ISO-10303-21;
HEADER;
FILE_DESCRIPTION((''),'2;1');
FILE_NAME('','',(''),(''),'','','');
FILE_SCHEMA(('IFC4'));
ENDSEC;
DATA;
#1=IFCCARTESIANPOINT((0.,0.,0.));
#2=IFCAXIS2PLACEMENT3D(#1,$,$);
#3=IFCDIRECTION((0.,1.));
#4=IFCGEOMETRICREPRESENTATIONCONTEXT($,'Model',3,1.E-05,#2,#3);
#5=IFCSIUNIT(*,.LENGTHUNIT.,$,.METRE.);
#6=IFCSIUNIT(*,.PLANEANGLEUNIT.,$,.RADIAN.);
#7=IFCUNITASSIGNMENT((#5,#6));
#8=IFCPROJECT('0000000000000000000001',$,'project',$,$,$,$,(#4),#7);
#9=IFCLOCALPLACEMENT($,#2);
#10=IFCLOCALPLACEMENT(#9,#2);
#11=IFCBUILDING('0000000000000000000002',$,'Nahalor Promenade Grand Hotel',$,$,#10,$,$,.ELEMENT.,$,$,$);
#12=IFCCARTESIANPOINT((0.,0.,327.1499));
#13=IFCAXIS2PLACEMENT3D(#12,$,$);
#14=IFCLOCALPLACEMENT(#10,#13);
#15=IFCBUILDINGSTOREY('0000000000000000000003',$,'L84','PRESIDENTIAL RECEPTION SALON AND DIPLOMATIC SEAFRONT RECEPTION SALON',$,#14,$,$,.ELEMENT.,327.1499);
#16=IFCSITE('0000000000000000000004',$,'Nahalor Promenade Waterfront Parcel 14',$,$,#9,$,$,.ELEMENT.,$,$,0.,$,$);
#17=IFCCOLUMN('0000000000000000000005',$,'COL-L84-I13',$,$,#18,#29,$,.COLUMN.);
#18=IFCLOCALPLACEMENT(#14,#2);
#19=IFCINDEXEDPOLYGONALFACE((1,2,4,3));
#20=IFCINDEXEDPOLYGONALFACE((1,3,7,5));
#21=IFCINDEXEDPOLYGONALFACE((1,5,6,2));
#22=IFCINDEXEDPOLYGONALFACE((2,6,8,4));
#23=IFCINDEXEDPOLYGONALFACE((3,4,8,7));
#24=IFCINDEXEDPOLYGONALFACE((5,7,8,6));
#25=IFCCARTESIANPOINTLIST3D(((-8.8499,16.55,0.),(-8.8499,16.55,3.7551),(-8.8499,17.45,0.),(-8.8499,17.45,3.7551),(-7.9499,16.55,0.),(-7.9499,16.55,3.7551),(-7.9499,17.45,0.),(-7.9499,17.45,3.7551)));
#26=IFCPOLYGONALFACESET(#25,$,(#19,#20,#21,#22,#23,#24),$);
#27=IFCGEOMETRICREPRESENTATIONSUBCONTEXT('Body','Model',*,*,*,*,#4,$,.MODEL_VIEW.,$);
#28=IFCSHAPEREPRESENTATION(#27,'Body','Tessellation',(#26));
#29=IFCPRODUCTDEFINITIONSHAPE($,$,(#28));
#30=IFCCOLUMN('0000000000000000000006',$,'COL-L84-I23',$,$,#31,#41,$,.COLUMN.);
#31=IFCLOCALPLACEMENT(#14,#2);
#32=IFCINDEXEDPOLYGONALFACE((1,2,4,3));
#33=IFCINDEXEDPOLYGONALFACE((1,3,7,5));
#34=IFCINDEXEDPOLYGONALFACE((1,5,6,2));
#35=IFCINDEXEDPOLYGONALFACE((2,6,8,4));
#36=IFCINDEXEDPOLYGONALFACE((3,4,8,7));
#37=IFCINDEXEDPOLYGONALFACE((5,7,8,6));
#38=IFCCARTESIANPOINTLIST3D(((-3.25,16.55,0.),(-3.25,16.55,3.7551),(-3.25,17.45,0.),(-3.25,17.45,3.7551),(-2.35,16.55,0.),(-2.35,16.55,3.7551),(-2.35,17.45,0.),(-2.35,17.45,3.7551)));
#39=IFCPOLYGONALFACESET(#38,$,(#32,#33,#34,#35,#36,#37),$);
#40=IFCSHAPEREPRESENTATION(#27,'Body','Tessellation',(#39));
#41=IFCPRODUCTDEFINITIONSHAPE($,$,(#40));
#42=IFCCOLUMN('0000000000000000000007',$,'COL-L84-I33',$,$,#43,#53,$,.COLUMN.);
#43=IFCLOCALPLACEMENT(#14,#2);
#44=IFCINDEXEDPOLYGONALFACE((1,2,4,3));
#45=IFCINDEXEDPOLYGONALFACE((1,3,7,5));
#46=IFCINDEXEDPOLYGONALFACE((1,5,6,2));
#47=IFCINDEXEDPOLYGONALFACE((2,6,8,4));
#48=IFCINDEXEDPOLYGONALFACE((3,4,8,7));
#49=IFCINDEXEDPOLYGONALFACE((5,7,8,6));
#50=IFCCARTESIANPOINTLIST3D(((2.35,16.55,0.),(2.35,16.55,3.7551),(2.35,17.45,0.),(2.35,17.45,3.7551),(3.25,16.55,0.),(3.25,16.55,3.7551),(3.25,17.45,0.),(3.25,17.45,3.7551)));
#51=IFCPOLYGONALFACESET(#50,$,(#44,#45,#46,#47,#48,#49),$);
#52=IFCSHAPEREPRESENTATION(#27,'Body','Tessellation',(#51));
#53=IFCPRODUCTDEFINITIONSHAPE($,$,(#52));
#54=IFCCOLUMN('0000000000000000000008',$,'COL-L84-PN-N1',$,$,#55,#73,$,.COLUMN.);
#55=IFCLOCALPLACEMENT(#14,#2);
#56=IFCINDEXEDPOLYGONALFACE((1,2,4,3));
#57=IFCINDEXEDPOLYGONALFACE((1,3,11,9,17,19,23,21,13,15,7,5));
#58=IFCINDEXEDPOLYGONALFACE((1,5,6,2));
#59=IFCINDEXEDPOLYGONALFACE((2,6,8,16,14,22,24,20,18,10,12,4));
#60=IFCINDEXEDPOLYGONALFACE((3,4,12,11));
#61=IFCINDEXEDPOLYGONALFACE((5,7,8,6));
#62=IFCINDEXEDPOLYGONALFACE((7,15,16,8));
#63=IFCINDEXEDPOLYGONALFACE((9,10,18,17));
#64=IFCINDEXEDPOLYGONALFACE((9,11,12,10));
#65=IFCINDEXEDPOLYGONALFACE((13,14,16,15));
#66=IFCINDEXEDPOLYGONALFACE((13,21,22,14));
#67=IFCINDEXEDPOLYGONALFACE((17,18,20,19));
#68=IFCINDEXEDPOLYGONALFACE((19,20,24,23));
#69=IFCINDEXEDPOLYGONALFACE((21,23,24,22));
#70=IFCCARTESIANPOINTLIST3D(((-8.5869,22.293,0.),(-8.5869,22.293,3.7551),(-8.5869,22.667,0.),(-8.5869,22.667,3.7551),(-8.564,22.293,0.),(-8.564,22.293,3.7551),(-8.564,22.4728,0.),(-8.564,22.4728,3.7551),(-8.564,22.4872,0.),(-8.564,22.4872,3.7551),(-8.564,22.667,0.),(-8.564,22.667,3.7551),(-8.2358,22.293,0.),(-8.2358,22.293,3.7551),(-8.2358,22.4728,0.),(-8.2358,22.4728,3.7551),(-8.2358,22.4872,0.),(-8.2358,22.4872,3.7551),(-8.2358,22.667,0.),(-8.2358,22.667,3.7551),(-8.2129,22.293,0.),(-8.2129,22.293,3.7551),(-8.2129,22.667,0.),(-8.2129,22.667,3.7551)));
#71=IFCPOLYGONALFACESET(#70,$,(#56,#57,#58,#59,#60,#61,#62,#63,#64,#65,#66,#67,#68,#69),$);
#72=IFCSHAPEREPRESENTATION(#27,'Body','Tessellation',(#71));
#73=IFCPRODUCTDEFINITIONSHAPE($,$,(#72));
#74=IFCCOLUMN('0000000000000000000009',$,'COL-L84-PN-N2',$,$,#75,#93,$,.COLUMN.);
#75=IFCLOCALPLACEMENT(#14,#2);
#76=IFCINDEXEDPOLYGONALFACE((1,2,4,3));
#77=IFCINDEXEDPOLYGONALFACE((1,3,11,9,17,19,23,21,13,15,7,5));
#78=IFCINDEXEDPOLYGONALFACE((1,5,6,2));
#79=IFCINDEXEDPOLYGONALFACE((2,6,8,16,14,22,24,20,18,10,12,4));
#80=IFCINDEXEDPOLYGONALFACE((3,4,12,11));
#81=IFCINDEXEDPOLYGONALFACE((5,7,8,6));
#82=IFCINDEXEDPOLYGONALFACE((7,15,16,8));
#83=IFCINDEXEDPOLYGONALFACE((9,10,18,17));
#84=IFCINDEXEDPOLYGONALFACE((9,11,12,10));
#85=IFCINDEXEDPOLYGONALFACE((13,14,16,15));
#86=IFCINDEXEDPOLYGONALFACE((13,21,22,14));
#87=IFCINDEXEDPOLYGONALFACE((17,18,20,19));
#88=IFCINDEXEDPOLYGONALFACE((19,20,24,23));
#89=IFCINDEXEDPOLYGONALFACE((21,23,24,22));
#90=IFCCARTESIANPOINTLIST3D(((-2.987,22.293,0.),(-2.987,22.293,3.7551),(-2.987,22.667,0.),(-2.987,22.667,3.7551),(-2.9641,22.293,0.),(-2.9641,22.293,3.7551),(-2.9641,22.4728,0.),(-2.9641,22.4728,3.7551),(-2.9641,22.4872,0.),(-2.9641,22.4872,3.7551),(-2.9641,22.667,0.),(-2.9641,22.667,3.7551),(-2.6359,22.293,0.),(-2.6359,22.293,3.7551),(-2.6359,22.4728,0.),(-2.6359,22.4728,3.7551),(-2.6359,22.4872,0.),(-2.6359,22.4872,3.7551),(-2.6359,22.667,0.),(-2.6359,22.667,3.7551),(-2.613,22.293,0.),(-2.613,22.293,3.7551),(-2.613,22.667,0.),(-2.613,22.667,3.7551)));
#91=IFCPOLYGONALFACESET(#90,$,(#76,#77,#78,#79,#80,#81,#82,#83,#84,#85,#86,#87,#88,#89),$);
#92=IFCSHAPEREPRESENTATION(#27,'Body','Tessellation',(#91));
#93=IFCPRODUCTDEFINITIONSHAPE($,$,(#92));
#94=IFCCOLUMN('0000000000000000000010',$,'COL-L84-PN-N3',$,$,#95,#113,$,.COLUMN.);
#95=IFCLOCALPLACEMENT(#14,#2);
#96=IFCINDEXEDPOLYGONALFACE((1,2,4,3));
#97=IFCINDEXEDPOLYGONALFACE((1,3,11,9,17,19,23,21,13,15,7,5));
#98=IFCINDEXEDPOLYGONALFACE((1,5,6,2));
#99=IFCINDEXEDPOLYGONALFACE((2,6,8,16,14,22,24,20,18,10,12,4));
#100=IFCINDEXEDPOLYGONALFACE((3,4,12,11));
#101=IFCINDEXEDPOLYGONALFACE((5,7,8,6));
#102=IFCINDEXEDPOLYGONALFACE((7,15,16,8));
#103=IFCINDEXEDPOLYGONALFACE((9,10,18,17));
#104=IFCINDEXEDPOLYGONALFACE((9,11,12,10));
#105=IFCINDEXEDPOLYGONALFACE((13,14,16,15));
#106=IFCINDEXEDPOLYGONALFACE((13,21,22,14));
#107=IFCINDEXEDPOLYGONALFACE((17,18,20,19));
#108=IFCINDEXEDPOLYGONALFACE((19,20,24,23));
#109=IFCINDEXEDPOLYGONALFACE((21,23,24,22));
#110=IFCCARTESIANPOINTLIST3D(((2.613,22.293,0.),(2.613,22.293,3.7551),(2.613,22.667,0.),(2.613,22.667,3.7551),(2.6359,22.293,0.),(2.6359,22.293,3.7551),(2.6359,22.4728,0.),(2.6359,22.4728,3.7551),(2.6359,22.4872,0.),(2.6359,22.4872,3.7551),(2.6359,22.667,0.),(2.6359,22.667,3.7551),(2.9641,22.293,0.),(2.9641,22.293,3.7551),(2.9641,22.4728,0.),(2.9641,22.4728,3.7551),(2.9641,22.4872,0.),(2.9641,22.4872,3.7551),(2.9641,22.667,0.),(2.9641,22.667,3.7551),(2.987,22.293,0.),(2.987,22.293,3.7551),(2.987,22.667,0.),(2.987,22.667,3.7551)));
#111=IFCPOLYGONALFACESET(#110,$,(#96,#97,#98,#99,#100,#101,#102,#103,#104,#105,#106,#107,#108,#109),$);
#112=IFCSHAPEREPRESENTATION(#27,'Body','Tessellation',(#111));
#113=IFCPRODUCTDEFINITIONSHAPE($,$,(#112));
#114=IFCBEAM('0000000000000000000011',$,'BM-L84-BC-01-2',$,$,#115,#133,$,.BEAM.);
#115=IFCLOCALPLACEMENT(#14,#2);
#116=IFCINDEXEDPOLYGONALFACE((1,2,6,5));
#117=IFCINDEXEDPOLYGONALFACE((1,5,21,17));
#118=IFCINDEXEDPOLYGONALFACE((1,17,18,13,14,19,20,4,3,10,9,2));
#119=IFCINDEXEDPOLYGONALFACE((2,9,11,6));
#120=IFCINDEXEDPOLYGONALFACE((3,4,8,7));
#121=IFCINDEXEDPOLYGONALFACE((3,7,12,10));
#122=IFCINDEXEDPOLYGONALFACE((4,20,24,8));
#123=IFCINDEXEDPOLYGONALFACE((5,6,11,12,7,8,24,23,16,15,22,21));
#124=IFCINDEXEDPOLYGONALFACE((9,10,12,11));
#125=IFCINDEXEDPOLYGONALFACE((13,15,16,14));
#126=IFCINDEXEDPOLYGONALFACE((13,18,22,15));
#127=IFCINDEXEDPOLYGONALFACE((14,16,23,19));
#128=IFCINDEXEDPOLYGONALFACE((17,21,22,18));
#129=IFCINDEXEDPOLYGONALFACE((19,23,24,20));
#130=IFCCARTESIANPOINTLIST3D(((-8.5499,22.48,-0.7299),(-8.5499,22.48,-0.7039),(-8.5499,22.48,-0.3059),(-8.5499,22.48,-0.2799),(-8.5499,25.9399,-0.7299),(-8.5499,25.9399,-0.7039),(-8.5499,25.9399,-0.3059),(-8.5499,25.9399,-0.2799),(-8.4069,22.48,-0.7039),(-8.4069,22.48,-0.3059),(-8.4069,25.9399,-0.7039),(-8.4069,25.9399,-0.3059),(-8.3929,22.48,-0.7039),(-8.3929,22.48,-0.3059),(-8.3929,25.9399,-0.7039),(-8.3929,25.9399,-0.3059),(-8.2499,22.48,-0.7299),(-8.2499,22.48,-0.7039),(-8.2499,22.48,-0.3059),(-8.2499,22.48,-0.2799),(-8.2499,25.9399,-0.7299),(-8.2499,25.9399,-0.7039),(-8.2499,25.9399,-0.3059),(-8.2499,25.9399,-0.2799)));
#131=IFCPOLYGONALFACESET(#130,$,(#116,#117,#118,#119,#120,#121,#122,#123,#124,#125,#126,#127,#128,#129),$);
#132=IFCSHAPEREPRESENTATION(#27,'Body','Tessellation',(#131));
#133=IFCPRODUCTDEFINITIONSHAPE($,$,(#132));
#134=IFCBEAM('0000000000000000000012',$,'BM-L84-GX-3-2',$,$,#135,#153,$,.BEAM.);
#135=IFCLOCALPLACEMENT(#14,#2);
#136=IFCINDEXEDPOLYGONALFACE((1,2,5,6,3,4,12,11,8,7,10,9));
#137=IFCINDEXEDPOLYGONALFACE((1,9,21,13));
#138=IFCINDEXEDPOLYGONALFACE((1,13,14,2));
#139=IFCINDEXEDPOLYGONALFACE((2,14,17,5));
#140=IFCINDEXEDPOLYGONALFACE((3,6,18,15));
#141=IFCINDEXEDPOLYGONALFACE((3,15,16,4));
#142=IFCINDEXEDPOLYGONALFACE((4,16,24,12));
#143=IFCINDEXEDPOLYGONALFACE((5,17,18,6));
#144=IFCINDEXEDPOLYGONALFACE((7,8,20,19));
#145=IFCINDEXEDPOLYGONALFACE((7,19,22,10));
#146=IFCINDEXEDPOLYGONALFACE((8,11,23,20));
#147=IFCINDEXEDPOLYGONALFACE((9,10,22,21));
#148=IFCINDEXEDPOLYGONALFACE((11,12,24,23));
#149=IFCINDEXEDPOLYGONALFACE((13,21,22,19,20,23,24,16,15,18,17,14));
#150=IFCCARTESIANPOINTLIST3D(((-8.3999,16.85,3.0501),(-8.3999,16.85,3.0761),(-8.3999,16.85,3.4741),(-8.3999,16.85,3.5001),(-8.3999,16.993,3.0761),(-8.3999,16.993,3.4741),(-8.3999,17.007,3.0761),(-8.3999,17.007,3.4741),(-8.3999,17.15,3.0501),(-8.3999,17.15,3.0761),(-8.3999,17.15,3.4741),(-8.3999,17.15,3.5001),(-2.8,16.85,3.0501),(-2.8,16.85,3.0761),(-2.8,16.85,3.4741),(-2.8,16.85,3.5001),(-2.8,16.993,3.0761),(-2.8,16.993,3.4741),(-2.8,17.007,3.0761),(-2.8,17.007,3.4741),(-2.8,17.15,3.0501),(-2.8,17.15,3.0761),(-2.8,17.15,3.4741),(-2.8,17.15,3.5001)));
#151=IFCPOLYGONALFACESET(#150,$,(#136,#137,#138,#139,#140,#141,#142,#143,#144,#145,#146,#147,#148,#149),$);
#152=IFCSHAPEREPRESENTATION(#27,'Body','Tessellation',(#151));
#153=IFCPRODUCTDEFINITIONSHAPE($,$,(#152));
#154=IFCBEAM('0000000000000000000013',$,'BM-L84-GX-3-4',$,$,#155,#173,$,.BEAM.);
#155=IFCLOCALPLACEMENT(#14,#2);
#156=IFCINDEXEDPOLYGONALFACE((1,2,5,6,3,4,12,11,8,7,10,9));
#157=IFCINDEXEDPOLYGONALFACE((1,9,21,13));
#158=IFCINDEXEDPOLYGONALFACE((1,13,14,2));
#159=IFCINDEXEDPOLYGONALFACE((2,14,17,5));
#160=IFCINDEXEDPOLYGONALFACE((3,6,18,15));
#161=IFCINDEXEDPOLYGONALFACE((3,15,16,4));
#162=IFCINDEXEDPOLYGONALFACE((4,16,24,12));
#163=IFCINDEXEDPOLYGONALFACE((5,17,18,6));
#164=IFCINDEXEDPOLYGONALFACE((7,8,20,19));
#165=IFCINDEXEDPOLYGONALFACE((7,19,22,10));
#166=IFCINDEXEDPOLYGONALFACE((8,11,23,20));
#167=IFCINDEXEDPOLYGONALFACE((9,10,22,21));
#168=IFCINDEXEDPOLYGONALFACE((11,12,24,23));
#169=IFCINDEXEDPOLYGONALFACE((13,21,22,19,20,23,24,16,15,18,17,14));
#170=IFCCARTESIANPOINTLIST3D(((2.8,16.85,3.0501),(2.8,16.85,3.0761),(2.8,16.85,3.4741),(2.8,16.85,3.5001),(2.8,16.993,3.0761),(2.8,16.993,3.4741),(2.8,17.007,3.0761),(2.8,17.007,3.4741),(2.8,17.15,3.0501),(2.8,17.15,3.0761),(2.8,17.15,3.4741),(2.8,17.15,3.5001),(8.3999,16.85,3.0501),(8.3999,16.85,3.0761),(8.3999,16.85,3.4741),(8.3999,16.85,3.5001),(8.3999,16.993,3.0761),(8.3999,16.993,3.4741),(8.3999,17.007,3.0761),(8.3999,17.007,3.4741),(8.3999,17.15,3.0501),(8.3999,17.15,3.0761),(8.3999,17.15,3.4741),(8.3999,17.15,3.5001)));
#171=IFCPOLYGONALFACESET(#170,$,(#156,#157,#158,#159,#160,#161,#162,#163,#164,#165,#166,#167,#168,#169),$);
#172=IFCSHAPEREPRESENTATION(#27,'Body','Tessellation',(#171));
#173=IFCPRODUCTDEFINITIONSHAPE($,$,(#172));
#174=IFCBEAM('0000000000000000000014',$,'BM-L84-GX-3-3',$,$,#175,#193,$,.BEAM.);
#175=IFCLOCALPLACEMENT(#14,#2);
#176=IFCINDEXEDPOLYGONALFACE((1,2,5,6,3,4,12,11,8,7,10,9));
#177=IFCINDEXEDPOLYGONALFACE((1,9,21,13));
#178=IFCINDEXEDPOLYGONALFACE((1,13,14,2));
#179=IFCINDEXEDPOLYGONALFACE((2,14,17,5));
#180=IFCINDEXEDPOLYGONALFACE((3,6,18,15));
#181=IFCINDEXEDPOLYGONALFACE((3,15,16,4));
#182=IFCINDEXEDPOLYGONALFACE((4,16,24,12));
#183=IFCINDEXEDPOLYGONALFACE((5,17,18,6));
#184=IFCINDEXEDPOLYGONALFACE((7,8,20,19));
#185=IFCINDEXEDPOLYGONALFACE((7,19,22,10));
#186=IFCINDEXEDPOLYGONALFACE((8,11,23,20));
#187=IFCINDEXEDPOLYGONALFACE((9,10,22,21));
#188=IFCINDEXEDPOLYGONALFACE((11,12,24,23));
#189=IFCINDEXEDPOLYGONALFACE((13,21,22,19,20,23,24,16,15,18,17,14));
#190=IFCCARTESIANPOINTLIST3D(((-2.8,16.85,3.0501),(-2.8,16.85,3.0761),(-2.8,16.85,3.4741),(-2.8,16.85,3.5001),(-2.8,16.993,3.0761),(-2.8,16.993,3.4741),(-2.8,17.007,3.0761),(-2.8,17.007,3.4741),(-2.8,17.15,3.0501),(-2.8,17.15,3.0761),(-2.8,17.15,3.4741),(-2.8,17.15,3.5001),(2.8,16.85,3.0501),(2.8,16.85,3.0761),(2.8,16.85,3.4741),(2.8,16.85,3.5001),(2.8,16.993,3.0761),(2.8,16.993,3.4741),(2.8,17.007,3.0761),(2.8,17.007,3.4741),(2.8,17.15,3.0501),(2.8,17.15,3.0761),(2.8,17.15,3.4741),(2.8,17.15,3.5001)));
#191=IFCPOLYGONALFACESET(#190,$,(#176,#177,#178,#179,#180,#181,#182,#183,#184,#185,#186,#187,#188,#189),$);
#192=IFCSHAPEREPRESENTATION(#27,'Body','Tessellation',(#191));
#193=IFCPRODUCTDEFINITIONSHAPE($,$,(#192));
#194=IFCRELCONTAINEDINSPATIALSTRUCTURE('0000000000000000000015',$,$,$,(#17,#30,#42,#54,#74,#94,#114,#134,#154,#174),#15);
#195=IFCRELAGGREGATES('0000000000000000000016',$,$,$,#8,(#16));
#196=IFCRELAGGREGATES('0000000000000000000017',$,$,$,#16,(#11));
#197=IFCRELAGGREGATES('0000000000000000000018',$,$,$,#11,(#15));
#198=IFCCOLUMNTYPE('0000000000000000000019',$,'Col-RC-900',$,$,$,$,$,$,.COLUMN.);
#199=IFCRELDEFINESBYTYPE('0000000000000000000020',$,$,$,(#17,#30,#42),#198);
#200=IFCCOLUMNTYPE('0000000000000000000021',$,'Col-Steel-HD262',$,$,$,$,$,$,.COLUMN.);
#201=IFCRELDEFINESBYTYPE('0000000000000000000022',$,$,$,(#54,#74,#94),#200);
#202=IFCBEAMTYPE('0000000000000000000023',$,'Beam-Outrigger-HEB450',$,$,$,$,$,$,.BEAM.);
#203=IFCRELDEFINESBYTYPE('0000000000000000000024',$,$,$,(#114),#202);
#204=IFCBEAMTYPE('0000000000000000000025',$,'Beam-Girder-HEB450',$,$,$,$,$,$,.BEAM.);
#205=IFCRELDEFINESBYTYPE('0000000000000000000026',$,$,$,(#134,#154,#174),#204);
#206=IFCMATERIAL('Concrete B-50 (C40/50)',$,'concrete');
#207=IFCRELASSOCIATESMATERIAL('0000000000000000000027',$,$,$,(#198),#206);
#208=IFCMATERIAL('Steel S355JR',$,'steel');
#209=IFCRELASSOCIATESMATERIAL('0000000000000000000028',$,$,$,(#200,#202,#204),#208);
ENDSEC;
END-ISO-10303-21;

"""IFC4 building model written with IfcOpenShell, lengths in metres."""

from ifc_helpers import new_model, si_unit, direction, frame, origin, origin_2d, place, context, subcontext, project, spatial, rectangle, i_section, extrude, source, transform, mapped, material, material_profile, profile_set, type_object, element, save


model = new_model("IFC4")

# Units and contexts
model_context = context("Model", 3, precision=1e-05, world=origin(), true_north=direction((0.0, 1.0)))
body_context = subcontext(model_context, "Body", "Model", "MODEL_VIEW")
ifc_project = project(units=[si_unit("LENGTHUNIT", "METRE"), si_unit("PLANEANGLEUNIT", "RADIAN")], contexts=[model_context])

# Site, building, storey
site_placement = place(None, origin())
site = spatial("IfcSite", under=ifc_project, at=site_placement, Name="Nahalor Promenade Waterfront Parcel 14", CompositionType="ELEMENT", RefElevation=0.0)
building_placement = place(site_placement, origin())
building = spatial("IfcBuilding", under=site, at=building_placement, Name="Nahalor Promenade Grand Hotel", CompositionType="ELEMENT")
storey_placement = place(building_placement, frame((0.0, 0.0, 327.1499)))
storey = spatial("IfcBuildingStorey", under=building, at=storey_placement, Name="L84", Description="PRESIDENTIAL RECEPTION SALON AND DIPLOMATIC SEAFRONT RECEPTION SALON", CompositionType="ELEMENT", Elevation=327.1499)

# Columns
ifc_material_1 = material(Name="Concrete B-50 (C40/50)", Category="concrete")
ifc_material_profile_1 = material_profile(ifc_material_1, rectangle(XDim=0.9, YDim=0.9, at=origin_2d()), Name="RC 900x900")
ifc_profile_set_1 = profile_set([ifc_material_profile_1], Name="Concrete B-50 (C40/50)")
column_type_1 = type_object("IfcColumnType", Name="Col-RC-900", PredefinedType="COLUMN", material=ifc_profile_set_1)
shared_shape_1 = source(origin(), body_context, "Body", "SweptSolid", [
    extrude(rectangle(XDim=0.9, YDim=0.9, at=origin_2d()), origin(), (0.0, 0.0, 1.0), 3.7551),
])
for number, where, z_axis, x_axis, name in (
    (1, (-8.3999, 17.0, 0.0), (0.0, 0.0, 1.0), (1.0, 0.0, 0.0), "COL-L84-I13"),
    (2, (-2.8, 17.0, 0.0), (0.0, 0.0, 1.0), (1.0, 0.0, 0.0), "COL-L84-I23"),
    (3, (2.8, 17.0, 0.0), (0.0, 0.0, 1.0), (1.0, 0.0, 0.0), "COL-L84-I33"),
):
    element("IfcColumn", number, at=place(storey_placement, frame(where, z_axis=z_axis, x_axis=x_axis)), inside=storey, type_object=column_type_1, Name=name, PredefinedType="COLUMN", context=body_context, shape_type="MappedRepresentation", body=[
        mapped(shared_shape_1, transform((0.0, 0.0, 0.0), scale=1.0)),
    ])
ifc_material_2 = material(Name="Steel S355JR", Category="steel")
ifc_material_profile_2 = material_profile(ifc_material_2, i_section(OverallWidth=0.374, OverallDepth=0.374, WebThickness=0.0144, FlangeThickness=0.0229, at=origin_2d()), Name="HD 360x262")
ifc_profile_set_2 = profile_set([ifc_material_profile_2], Name="Steel S355JR")
column_type_2 = type_object("IfcColumnType", Name="Col-Steel-HD262", PredefinedType="COLUMN", material=ifc_profile_set_2)
shared_shape_2 = source(origin(), body_context, "Body", "SweptSolid", [
    extrude(i_section(OverallWidth=0.374, OverallDepth=0.374, WebThickness=0.0144, FlangeThickness=0.0229, at=origin_2d()), origin(), (0.0, 0.0, 1.0), 3.7551),
])
for number, where, z_axis, x_axis, name in (
    (4, (-8.3999, 22.48, 0.0), (0.0, 0.0, 1.0), (0.0, 1.0, 0.0), "COL-L84-PN-N1"),
    (5, (-2.8, 22.48, 0.0), (0.0, 0.0, 1.0), (0.0, 1.0, 0.0), "COL-L84-PN-N2"),
    (6, (2.8, 22.48, 0.0), (0.0, 0.0, 1.0), (0.0, 1.0, 0.0), "COL-L84-PN-N3"),
):
    element("IfcColumn", number, at=place(storey_placement, frame(where, z_axis=z_axis, x_axis=x_axis)), inside=storey, type_object=column_type_2, Name=name, PredefinedType="COLUMN", context=body_context, shape_type="MappedRepresentation", body=[
        mapped(shared_shape_2, transform((0.0, 0.0, 0.0), scale=1.0)),
    ])

# Beams
ifc_material_profile_3 = material_profile(ifc_material_2, i_section(OverallWidth=0.3, OverallDepth=0.45, WebThickness=0.014, FlangeThickness=0.026, at=origin_2d()), Name="HEB 450")
ifc_profile_set_3 = profile_set([ifc_material_profile_3], Name="Steel S355JR")
beam_type_1 = type_object("IfcBeamType", Name="Beam-Outrigger-HEB450", PredefinedType="BEAM", material=ifc_profile_set_3)
shared_shape_3 = source(origin(), body_context, "Body", "SweptSolid", [
    extrude(i_section(OverallWidth=0.3, OverallDepth=0.45, WebThickness=0.014, FlangeThickness=0.026, at=origin_2d()), origin(), (0.0, 0.0, 1.0), 3.46),
])
beam_1_placement = place(storey_placement, frame((-8.3999, 22.48, -0.5049), z_axis=(0.0, 1.0, 0.0), x_axis=(-1.0, 0.0, 0.0)))
element("IfcBeam", 7, at=beam_1_placement, inside=storey, type_object=beam_type_1, Name="BM-L84-BC-01-2", PredefinedType="BEAM", context=body_context, shape_type="MappedRepresentation", body=[
    mapped(shared_shape_3, transform((0.0, 0.0, 0.0), scale=1.0)),
])
ifc_material_profile_4 = material_profile(ifc_material_2, i_section(OverallWidth=0.3, OverallDepth=0.45, WebThickness=0.014, FlangeThickness=0.026, at=origin_2d()), Name="HEB 450")
ifc_profile_set_4 = profile_set([ifc_material_profile_4], Name="Steel S355JR")
beam_type_2 = type_object("IfcBeamType", Name="Beam-Girder-HEB450", PredefinedType="BEAM", material=ifc_profile_set_4)
shared_shape_4 = source(origin(), body_context, "Body", "SweptSolid", [
    extrude(i_section(OverallWidth=0.3, OverallDepth=0.45, WebThickness=0.014, FlangeThickness=0.026, at=origin_2d()), origin(), (0.0, 0.0, 1.0), 5.5999),
])
for number, where, z_axis, x_axis, name in (
    (8, (-8.3999, 17.0, 3.2751), (1.0, 0.0, 0.0), (0.0, 1.0, 0.0), "BM-L84-GX-3-2"),
    (9, (2.8, 17.0, 3.2751), (1.0, 0.0, 0.0), (0.0, 1.0, 0.0), "BM-L84-GX-3-4"),
):
    element("IfcBeam", number, at=place(storey_placement, frame(where, z_axis=z_axis, x_axis=x_axis)), inside=storey, type_object=beam_type_2, Name=name, PredefinedType="BEAM", context=body_context, shape_type="MappedRepresentation", body=[
        mapped(shared_shape_4, transform((0.0, 0.0, 0.0), scale=1.0)),
    ])
shared_shape_5 = source(origin(), body_context, "Body", "SweptSolid", [
    extrude(i_section(OverallWidth=0.3, OverallDepth=0.45, WebThickness=0.014, FlangeThickness=0.026, at=origin_2d()), origin(), (0.0, 0.0, 1.0), 5.6001),
])
beam_2_placement = place(storey_placement, frame((-2.8, 17.0, 3.2751), z_axis=(1.0, 0.0, 0.0), x_axis=(0.0, 1.0, 0.0)))
element("IfcBeam", 10, at=beam_2_placement, inside=storey, type_object=beam_type_2, Name="BM-L84-GX-3-3", PredefinedType="BEAM", context=body_context, shape_type="MappedRepresentation", body=[
    mapped(shared_shape_5, transform((0.0, 0.0, 0.0), scale=1.0)),
])

save(model, "model.ifc")
